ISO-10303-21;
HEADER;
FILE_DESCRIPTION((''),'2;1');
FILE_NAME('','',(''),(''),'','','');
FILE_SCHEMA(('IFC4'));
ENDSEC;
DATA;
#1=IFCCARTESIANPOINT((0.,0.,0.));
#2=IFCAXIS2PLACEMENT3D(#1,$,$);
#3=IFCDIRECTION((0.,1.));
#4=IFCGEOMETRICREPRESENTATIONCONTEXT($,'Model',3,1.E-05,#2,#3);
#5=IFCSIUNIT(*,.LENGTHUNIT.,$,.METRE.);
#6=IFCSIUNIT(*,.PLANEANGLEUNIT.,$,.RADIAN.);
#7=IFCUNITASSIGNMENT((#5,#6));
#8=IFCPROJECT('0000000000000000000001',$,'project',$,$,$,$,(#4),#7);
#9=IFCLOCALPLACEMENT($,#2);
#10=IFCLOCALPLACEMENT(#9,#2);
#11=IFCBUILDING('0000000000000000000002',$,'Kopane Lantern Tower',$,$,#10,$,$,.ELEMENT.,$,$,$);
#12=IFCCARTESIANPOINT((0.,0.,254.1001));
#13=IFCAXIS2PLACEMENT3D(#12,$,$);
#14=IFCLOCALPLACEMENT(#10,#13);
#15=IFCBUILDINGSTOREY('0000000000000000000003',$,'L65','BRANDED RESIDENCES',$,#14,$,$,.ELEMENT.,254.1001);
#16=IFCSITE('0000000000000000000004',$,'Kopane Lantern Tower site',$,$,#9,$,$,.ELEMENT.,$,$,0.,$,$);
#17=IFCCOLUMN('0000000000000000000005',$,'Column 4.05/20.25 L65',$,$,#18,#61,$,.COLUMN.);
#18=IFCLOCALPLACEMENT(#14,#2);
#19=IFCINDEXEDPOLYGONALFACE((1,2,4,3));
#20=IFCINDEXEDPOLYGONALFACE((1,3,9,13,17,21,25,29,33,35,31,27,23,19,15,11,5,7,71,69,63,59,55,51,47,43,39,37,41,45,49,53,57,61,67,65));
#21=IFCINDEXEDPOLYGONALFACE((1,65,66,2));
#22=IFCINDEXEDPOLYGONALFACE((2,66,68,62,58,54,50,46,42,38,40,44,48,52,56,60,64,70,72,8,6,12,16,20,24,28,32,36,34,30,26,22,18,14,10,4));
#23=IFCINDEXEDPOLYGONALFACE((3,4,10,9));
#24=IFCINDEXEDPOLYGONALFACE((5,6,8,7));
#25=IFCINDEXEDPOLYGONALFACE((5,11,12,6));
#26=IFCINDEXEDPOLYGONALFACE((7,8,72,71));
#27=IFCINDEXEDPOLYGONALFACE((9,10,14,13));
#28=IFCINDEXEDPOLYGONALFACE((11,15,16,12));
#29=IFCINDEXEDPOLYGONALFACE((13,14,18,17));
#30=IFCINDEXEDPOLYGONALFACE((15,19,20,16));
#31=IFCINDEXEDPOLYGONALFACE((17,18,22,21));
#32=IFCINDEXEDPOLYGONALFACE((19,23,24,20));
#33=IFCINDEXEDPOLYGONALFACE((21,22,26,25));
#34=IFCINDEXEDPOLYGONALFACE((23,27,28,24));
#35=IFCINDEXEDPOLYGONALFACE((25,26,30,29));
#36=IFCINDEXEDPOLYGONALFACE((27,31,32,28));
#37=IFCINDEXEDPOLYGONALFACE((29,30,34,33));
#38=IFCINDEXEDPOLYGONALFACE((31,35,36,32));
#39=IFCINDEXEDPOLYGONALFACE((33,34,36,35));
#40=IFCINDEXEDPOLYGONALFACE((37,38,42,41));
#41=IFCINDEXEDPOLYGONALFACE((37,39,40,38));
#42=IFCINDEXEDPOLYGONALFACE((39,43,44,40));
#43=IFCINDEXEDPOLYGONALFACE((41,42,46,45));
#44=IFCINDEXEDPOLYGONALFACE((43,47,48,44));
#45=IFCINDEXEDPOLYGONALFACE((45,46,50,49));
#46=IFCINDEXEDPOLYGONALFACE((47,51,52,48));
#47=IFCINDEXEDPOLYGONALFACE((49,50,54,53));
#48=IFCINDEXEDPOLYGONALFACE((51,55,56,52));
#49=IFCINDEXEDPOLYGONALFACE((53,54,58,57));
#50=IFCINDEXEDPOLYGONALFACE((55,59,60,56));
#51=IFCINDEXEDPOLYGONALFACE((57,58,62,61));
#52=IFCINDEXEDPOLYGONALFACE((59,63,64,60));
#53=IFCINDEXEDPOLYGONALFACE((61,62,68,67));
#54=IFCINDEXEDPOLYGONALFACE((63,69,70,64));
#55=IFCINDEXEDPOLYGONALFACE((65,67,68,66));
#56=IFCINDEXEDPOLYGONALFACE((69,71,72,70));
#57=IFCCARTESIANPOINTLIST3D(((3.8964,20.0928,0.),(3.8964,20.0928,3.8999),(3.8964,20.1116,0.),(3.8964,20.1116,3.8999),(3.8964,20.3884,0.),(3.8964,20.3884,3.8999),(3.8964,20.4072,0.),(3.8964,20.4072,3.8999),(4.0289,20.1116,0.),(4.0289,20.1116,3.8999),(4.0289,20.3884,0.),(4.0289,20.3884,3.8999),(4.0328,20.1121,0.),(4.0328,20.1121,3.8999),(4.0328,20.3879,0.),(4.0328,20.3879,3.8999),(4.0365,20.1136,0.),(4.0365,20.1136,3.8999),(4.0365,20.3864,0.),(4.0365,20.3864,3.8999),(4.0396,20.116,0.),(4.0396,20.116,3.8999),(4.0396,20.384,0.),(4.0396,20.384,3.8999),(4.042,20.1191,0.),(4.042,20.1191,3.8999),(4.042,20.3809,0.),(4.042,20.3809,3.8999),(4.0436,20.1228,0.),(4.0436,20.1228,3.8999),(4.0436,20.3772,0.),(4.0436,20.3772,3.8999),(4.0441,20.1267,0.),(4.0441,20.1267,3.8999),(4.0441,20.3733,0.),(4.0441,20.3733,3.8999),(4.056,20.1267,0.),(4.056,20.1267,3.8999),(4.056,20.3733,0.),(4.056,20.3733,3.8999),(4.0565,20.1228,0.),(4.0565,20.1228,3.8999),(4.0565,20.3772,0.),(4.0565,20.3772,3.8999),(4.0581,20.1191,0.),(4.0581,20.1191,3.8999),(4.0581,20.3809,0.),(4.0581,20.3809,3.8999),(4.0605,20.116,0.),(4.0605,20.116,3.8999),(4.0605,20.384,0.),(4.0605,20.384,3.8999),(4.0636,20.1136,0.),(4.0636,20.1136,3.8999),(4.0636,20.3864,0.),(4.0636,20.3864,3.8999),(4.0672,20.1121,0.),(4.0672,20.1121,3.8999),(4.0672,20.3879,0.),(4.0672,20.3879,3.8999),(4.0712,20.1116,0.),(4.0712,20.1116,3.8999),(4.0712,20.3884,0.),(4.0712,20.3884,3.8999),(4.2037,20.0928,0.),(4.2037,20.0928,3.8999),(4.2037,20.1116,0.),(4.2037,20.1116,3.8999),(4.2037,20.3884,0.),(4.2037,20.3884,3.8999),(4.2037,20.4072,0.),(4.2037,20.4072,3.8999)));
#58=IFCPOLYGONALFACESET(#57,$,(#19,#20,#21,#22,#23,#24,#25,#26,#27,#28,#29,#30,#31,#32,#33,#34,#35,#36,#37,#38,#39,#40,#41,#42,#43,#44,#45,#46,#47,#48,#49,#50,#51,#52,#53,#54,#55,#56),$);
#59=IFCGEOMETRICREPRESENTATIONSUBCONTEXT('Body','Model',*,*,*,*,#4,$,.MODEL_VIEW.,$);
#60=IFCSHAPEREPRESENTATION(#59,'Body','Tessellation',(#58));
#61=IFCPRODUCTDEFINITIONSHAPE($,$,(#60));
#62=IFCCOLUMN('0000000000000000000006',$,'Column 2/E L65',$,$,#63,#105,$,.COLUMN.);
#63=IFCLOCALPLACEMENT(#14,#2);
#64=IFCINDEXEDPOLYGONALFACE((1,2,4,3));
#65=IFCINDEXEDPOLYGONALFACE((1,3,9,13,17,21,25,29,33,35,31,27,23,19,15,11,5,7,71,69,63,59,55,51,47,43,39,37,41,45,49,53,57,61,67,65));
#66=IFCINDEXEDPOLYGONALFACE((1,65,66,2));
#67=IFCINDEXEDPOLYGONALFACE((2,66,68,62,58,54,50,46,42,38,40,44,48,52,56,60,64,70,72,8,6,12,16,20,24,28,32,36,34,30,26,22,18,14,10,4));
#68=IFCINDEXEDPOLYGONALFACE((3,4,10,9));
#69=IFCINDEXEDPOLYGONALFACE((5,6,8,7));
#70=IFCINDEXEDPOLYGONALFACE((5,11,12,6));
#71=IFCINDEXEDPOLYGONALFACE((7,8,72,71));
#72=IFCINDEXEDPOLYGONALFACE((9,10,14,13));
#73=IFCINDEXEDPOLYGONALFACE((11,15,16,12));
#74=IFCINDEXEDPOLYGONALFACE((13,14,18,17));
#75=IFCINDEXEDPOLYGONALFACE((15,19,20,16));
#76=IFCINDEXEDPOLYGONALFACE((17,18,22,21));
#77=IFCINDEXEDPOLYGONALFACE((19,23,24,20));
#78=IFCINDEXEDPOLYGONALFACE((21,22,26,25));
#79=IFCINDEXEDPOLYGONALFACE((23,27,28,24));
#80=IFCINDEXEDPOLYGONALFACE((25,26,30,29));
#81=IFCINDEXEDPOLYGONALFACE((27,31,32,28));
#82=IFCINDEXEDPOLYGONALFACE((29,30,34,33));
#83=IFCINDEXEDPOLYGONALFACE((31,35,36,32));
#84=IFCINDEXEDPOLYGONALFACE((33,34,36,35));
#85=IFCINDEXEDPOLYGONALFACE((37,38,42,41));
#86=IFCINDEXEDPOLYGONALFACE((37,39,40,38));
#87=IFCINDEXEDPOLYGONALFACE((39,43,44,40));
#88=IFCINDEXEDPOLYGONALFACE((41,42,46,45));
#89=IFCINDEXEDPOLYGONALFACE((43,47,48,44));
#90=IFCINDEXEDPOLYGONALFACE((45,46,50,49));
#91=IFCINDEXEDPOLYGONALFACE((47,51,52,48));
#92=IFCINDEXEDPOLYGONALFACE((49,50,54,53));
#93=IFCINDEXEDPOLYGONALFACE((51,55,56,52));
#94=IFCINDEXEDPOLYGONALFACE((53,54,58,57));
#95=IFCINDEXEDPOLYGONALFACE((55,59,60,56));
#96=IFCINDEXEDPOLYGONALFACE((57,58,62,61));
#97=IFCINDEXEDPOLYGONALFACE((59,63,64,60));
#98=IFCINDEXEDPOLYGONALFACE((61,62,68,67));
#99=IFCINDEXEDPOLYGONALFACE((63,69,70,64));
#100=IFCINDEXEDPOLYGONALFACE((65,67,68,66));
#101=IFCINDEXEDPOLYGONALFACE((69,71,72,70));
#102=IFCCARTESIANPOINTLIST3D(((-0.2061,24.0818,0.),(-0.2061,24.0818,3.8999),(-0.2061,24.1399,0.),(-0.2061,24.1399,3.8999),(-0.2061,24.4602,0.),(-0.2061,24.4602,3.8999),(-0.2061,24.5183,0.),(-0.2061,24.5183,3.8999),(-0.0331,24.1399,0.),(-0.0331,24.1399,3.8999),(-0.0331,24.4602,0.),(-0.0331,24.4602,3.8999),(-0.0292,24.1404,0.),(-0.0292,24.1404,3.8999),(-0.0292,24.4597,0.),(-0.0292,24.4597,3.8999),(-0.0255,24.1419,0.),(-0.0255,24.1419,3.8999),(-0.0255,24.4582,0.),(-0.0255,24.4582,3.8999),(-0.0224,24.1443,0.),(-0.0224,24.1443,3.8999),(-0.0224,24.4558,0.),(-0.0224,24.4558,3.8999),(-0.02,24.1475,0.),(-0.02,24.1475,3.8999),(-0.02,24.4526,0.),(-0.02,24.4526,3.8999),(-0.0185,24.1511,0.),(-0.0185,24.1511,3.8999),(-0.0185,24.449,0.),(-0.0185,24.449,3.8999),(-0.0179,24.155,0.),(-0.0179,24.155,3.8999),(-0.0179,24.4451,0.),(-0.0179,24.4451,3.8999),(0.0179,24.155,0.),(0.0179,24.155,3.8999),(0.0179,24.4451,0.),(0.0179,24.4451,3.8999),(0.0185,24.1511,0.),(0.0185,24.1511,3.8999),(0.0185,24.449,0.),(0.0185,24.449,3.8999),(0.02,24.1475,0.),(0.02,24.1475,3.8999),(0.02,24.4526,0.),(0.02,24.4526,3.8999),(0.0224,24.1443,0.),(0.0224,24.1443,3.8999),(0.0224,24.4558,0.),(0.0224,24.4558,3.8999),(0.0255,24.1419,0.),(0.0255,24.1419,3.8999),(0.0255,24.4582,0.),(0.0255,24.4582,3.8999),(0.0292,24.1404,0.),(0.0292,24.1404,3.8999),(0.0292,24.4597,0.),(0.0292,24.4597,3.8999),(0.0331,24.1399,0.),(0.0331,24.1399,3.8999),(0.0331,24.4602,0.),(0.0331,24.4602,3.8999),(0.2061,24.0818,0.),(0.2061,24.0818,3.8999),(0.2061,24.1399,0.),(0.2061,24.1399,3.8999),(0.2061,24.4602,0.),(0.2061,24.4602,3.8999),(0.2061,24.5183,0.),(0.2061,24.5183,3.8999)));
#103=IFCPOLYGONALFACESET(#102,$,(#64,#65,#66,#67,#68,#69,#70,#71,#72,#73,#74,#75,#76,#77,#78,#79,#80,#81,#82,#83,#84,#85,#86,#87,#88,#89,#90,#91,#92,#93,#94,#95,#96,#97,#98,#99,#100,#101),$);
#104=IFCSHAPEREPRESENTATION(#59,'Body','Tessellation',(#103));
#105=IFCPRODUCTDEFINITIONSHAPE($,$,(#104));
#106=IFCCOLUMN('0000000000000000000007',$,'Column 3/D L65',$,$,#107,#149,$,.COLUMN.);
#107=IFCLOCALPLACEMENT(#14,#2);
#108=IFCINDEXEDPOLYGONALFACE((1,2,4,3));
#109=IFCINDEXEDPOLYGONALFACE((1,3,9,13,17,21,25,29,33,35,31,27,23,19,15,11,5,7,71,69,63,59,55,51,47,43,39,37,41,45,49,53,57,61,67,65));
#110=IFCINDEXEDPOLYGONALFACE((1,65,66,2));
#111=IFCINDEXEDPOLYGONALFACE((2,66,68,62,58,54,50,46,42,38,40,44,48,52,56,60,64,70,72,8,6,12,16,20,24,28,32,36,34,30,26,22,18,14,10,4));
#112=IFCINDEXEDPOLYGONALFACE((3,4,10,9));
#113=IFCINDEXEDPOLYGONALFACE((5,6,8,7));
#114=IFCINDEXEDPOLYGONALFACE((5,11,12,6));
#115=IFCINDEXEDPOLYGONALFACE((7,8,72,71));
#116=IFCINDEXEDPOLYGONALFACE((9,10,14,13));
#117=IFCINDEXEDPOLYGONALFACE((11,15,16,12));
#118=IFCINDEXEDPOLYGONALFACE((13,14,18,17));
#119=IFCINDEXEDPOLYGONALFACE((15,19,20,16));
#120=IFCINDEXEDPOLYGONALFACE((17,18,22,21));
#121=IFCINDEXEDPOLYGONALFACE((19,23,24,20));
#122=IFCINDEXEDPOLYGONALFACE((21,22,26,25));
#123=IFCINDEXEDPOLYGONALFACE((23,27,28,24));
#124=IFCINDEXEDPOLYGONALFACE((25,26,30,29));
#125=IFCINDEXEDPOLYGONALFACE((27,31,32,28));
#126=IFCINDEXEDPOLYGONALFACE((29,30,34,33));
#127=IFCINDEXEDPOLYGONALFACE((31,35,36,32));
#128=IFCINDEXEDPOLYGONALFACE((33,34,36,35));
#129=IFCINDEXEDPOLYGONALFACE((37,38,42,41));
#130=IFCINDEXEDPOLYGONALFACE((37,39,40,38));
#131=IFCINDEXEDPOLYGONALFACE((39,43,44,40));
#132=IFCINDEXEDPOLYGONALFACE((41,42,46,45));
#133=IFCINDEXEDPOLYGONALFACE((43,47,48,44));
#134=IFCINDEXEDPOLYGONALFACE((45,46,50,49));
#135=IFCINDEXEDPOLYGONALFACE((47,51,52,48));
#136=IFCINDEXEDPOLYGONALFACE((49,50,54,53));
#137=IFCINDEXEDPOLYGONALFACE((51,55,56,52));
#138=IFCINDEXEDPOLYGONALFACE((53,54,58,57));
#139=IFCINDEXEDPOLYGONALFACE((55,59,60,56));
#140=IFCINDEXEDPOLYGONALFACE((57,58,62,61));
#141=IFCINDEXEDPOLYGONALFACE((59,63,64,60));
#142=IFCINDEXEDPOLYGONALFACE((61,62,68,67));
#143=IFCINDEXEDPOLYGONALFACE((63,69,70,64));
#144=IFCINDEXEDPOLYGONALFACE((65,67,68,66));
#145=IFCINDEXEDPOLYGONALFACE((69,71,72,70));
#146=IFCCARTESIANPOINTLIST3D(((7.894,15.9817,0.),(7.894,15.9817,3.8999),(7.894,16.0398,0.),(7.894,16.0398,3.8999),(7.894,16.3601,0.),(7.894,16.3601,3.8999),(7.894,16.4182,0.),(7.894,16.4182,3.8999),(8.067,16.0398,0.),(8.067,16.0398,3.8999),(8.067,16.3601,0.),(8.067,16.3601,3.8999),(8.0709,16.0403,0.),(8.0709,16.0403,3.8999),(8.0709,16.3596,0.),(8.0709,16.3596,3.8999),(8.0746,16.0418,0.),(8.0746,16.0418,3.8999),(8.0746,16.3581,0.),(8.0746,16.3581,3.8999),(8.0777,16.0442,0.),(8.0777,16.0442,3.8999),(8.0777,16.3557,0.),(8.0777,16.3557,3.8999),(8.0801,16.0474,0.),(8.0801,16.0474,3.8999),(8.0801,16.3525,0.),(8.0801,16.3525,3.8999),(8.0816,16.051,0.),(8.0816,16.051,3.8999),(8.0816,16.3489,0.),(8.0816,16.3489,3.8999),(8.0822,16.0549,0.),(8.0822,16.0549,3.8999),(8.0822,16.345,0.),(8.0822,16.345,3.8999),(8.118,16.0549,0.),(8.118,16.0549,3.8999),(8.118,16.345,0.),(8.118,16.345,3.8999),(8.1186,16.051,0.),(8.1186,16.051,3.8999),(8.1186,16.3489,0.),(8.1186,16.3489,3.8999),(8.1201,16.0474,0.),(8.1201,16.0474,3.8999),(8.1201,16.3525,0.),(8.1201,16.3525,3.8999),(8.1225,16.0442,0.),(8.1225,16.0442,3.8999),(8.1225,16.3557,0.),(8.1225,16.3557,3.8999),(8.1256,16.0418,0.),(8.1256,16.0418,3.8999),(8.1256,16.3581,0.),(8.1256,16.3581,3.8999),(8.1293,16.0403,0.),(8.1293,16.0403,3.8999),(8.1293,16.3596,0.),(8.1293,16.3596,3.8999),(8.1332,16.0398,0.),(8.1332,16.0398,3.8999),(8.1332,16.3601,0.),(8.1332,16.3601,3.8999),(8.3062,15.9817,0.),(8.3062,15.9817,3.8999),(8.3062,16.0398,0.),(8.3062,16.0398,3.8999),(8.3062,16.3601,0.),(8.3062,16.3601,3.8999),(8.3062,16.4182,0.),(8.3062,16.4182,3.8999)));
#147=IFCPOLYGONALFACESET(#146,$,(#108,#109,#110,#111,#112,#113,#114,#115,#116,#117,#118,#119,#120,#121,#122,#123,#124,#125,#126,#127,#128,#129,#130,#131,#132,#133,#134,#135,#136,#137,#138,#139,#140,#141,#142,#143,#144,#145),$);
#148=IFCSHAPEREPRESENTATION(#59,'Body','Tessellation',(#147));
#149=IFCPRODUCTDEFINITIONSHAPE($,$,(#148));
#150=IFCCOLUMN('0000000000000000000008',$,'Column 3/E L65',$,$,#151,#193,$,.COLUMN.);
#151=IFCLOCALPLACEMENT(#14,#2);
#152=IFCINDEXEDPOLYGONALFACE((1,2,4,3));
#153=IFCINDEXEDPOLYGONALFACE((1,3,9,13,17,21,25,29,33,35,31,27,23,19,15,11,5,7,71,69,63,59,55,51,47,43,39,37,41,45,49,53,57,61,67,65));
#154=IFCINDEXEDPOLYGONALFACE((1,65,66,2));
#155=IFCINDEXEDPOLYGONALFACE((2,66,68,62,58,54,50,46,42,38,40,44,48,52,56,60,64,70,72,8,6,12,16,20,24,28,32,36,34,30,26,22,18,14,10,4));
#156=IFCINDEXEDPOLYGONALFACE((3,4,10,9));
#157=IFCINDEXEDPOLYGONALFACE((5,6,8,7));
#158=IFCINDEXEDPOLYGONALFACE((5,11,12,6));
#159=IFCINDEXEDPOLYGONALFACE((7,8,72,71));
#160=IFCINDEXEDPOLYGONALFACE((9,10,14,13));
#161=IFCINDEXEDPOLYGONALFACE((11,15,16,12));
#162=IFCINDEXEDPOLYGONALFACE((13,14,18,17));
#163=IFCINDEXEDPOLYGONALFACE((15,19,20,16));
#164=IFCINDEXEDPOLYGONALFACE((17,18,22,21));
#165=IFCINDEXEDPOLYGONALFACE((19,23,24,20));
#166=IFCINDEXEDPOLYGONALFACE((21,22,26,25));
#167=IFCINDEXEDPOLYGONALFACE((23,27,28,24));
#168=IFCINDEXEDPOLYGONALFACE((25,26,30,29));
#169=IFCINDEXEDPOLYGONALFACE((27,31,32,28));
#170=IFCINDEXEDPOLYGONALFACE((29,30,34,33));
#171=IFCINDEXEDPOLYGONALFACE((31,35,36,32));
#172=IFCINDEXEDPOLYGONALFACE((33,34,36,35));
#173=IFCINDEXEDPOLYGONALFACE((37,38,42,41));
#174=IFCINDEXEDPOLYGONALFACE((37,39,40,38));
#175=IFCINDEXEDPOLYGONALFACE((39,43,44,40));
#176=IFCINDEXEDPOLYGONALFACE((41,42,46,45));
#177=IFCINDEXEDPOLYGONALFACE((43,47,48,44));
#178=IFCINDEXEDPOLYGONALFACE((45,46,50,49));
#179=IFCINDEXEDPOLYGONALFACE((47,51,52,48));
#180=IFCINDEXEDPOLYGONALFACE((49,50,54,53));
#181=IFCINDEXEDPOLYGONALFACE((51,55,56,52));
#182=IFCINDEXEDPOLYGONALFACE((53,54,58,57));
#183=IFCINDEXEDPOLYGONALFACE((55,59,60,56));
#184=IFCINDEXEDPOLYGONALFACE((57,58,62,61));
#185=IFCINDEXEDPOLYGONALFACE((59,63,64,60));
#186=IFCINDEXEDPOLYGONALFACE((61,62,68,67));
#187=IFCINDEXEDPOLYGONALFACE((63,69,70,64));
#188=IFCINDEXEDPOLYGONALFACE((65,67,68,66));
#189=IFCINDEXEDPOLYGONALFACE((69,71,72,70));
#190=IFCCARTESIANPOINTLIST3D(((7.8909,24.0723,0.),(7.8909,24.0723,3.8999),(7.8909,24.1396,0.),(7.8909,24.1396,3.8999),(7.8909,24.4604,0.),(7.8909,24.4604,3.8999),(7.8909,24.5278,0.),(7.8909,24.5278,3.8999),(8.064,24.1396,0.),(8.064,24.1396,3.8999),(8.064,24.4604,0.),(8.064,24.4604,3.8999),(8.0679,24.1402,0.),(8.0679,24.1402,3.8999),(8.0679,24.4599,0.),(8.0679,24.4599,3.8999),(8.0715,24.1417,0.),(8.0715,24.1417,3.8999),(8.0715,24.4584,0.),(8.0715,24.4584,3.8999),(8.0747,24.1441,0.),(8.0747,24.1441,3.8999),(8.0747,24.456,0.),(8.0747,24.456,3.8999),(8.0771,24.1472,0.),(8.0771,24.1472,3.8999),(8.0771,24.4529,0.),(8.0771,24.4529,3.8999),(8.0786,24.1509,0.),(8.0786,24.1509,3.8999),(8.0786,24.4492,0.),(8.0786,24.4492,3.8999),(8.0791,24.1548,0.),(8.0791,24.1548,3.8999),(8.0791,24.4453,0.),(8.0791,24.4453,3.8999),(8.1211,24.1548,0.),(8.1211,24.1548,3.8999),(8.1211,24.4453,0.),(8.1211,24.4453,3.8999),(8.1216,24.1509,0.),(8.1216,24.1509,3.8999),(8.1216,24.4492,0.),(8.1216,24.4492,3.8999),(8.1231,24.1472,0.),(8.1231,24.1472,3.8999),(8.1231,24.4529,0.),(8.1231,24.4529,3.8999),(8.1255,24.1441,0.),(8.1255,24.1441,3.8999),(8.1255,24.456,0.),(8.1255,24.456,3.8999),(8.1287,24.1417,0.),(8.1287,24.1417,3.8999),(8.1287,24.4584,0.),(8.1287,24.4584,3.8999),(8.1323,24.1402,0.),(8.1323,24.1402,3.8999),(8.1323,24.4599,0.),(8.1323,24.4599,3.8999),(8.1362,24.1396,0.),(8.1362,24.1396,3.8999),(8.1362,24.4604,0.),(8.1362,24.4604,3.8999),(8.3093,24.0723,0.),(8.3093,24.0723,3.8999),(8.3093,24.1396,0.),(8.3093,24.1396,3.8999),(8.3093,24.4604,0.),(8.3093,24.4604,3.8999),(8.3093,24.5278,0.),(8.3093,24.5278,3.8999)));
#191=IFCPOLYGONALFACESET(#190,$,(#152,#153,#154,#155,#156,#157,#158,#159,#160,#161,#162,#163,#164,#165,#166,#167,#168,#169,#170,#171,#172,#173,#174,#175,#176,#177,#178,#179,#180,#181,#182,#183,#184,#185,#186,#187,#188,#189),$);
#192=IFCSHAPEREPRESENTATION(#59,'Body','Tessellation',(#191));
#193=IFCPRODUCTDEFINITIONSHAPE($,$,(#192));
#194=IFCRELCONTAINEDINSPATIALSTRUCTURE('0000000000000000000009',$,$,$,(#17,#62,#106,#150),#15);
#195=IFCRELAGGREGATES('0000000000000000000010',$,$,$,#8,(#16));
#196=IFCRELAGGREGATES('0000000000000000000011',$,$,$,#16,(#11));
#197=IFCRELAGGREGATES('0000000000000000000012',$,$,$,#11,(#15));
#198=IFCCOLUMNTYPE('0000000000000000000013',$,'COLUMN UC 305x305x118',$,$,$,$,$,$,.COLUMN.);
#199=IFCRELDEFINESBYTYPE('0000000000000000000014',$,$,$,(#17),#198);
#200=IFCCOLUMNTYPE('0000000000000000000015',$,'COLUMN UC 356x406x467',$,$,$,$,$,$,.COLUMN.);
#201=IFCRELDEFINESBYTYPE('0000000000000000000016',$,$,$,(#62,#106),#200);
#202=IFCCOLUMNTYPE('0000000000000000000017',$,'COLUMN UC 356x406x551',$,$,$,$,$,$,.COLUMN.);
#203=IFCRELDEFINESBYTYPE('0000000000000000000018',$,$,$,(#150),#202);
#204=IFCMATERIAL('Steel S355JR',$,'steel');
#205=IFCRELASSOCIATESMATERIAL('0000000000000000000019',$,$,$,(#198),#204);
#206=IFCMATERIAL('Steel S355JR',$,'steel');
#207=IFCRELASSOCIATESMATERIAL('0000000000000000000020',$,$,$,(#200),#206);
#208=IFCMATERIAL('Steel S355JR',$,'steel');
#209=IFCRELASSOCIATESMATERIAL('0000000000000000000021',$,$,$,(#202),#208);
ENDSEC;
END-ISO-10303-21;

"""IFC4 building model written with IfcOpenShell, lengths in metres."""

from ifc_helpers import new_model, si_unit, direction, frame, origin, origin_2d, place, context, subcontext, project, spatial, i_section, extrude, material, material_profile, profile_set, type_object, element, save


model = new_model("IFC4")

# Units and contexts
model_context = context("Model", 3, precision=1e-05, world=origin(), true_north=direction((0.0, 1.0)))
body_context = subcontext(model_context, "Body", "Model", "MODEL_VIEW")
ifc_project = project(units=[si_unit("LENGTHUNIT", "METRE"), si_unit("PLANEANGLEUNIT", "RADIAN")], contexts=[model_context])

# Site, building, storey
site_placement = place(None, origin())
site = spatial("IfcSite", under=ifc_project, at=site_placement, Name="Kopane Lantern Tower site", CompositionType="ELEMENT", RefElevation=0.0)
building_placement = place(site_placement, origin())
building = spatial("IfcBuilding", under=site, at=building_placement, Name="Kopane Lantern Tower", CompositionType="ELEMENT")
storey_placement = place(building_placement, frame((0.0, 0.0, 254.1001)))
storey = spatial("IfcBuildingStorey", under=building, at=storey_placement, Name="L65", Description="BRANDED RESIDENCES", CompositionType="ELEMENT", Elevation=254.1001)

# Columns
ifc_material_1 = material(Name="Steel S355JR", Category="steel")
ifc_material_profile_1 = material_profile(ifc_material_1, i_section(OverallWidth=0.3074, OverallDepth=0.3145, WebThickness=0.012, FlangeThickness=0.0188, FilletRadius=0.0151, at=origin_2d()), Name="UC 305x305x118")
ifc_profile_set_1 = profile_set([ifc_material_profile_1], Name="Steel S355JR")
column_type_1 = type_object("IfcColumnType", Name="COLUMN UC 305x305x118", PredefinedType="COLUMN", material=ifc_profile_set_1)
column_1_placement = place(storey_placement, frame((4.05, 20.25, 0.0), z_axis=(0.0, 0.0, 1.0), x_axis=(1.0, 0.0, 0.0)))
element("IfcColumn", 1, at=column_1_placement, inside=storey, type_object=column_type_1, Name="Column 4.05/20.25 L65", PredefinedType="COLUMN", context=body_context, shape_type="SweptSolid", body=[
    extrude(i_section(OverallWidth=0.3074, OverallDepth=0.3145, WebThickness=0.012, FlangeThickness=0.0188, FilletRadius=0.0151, at=origin_2d()), origin(), (0.0, 0.0, 1.0), 3.8999),
])
ifc_material_2 = material(Name="Steel S355JR", Category="steel")
ifc_material_profile_2 = material_profile(ifc_material_2, i_section(OverallWidth=0.4121, OverallDepth=0.4365, WebThickness=0.0359, FlangeThickness=0.0581, FilletRadius=0.0151, at=origin_2d()), Name="UC 356x406x467")
ifc_profile_set_2 = profile_set([ifc_material_profile_2], Name="Steel S355JR")
column_type_2 = type_object("IfcColumnType", Name="COLUMN UC 356x406x467", PredefinedType="COLUMN", material=ifc_profile_set_2)
for number, where, z_axis, x_axis, name in (
    (2, (0.0, 24.3, 0.0), (0.0, 0.0, 1.0), (1.0, 0.0, 0.0), "Column 2/E L65"),
    (3, (8.1001, 16.2, 0.0), (0.0, 0.0, 1.0), (1.0, 0.0, 0.0), "Column 3/D L65"),
):
    element("IfcColumn", number, at=place(storey_placement, frame(where, z_axis=z_axis, x_axis=x_axis)), inside=storey, type_object=column_type_2, Name=name, PredefinedType="COLUMN", context=body_context, shape_type="SweptSolid", body=[
        extrude(i_section(OverallWidth=0.4121, OverallDepth=0.4365, WebThickness=0.0359, FlangeThickness=0.0581, FilletRadius=0.0151, at=origin_2d()), origin(), (0.0, 0.0, 1.0), 3.8999),
    ])
ifc_material_3 = material(Name="Steel S355JR", Category="steel")
ifc_material_profile_3 = material_profile(ifc_material_3, i_section(OverallWidth=0.4185, OverallDepth=0.4556, WebThickness=0.042, FlangeThickness=0.0674, FilletRadius=0.0151, at=origin_2d()), Name="UC 356x406x551")
ifc_profile_set_3 = profile_set([ifc_material_profile_3], Name="Steel S355JR")
column_type_3 = type_object("IfcColumnType", Name="COLUMN UC 356x406x551", PredefinedType="COLUMN", material=ifc_profile_set_3)
column_2_placement = place(storey_placement, frame((8.1001, 24.3, 0.0), z_axis=(0.0, 0.0, 1.0), x_axis=(1.0, 0.0, 0.0)))
element("IfcColumn", 4, at=column_2_placement, inside=storey, type_object=column_type_3, Name="Column 3/E L65", PredefinedType="COLUMN", context=body_context, shape_type="SweptSolid", body=[
    extrude(i_section(OverallWidth=0.4185, OverallDepth=0.4556, WebThickness=0.042, FlangeThickness=0.0674, FilletRadius=0.0151, at=origin_2d()), origin(), (0.0, 0.0, 1.0), 3.8999),
])

save(model, "model.ifc")
